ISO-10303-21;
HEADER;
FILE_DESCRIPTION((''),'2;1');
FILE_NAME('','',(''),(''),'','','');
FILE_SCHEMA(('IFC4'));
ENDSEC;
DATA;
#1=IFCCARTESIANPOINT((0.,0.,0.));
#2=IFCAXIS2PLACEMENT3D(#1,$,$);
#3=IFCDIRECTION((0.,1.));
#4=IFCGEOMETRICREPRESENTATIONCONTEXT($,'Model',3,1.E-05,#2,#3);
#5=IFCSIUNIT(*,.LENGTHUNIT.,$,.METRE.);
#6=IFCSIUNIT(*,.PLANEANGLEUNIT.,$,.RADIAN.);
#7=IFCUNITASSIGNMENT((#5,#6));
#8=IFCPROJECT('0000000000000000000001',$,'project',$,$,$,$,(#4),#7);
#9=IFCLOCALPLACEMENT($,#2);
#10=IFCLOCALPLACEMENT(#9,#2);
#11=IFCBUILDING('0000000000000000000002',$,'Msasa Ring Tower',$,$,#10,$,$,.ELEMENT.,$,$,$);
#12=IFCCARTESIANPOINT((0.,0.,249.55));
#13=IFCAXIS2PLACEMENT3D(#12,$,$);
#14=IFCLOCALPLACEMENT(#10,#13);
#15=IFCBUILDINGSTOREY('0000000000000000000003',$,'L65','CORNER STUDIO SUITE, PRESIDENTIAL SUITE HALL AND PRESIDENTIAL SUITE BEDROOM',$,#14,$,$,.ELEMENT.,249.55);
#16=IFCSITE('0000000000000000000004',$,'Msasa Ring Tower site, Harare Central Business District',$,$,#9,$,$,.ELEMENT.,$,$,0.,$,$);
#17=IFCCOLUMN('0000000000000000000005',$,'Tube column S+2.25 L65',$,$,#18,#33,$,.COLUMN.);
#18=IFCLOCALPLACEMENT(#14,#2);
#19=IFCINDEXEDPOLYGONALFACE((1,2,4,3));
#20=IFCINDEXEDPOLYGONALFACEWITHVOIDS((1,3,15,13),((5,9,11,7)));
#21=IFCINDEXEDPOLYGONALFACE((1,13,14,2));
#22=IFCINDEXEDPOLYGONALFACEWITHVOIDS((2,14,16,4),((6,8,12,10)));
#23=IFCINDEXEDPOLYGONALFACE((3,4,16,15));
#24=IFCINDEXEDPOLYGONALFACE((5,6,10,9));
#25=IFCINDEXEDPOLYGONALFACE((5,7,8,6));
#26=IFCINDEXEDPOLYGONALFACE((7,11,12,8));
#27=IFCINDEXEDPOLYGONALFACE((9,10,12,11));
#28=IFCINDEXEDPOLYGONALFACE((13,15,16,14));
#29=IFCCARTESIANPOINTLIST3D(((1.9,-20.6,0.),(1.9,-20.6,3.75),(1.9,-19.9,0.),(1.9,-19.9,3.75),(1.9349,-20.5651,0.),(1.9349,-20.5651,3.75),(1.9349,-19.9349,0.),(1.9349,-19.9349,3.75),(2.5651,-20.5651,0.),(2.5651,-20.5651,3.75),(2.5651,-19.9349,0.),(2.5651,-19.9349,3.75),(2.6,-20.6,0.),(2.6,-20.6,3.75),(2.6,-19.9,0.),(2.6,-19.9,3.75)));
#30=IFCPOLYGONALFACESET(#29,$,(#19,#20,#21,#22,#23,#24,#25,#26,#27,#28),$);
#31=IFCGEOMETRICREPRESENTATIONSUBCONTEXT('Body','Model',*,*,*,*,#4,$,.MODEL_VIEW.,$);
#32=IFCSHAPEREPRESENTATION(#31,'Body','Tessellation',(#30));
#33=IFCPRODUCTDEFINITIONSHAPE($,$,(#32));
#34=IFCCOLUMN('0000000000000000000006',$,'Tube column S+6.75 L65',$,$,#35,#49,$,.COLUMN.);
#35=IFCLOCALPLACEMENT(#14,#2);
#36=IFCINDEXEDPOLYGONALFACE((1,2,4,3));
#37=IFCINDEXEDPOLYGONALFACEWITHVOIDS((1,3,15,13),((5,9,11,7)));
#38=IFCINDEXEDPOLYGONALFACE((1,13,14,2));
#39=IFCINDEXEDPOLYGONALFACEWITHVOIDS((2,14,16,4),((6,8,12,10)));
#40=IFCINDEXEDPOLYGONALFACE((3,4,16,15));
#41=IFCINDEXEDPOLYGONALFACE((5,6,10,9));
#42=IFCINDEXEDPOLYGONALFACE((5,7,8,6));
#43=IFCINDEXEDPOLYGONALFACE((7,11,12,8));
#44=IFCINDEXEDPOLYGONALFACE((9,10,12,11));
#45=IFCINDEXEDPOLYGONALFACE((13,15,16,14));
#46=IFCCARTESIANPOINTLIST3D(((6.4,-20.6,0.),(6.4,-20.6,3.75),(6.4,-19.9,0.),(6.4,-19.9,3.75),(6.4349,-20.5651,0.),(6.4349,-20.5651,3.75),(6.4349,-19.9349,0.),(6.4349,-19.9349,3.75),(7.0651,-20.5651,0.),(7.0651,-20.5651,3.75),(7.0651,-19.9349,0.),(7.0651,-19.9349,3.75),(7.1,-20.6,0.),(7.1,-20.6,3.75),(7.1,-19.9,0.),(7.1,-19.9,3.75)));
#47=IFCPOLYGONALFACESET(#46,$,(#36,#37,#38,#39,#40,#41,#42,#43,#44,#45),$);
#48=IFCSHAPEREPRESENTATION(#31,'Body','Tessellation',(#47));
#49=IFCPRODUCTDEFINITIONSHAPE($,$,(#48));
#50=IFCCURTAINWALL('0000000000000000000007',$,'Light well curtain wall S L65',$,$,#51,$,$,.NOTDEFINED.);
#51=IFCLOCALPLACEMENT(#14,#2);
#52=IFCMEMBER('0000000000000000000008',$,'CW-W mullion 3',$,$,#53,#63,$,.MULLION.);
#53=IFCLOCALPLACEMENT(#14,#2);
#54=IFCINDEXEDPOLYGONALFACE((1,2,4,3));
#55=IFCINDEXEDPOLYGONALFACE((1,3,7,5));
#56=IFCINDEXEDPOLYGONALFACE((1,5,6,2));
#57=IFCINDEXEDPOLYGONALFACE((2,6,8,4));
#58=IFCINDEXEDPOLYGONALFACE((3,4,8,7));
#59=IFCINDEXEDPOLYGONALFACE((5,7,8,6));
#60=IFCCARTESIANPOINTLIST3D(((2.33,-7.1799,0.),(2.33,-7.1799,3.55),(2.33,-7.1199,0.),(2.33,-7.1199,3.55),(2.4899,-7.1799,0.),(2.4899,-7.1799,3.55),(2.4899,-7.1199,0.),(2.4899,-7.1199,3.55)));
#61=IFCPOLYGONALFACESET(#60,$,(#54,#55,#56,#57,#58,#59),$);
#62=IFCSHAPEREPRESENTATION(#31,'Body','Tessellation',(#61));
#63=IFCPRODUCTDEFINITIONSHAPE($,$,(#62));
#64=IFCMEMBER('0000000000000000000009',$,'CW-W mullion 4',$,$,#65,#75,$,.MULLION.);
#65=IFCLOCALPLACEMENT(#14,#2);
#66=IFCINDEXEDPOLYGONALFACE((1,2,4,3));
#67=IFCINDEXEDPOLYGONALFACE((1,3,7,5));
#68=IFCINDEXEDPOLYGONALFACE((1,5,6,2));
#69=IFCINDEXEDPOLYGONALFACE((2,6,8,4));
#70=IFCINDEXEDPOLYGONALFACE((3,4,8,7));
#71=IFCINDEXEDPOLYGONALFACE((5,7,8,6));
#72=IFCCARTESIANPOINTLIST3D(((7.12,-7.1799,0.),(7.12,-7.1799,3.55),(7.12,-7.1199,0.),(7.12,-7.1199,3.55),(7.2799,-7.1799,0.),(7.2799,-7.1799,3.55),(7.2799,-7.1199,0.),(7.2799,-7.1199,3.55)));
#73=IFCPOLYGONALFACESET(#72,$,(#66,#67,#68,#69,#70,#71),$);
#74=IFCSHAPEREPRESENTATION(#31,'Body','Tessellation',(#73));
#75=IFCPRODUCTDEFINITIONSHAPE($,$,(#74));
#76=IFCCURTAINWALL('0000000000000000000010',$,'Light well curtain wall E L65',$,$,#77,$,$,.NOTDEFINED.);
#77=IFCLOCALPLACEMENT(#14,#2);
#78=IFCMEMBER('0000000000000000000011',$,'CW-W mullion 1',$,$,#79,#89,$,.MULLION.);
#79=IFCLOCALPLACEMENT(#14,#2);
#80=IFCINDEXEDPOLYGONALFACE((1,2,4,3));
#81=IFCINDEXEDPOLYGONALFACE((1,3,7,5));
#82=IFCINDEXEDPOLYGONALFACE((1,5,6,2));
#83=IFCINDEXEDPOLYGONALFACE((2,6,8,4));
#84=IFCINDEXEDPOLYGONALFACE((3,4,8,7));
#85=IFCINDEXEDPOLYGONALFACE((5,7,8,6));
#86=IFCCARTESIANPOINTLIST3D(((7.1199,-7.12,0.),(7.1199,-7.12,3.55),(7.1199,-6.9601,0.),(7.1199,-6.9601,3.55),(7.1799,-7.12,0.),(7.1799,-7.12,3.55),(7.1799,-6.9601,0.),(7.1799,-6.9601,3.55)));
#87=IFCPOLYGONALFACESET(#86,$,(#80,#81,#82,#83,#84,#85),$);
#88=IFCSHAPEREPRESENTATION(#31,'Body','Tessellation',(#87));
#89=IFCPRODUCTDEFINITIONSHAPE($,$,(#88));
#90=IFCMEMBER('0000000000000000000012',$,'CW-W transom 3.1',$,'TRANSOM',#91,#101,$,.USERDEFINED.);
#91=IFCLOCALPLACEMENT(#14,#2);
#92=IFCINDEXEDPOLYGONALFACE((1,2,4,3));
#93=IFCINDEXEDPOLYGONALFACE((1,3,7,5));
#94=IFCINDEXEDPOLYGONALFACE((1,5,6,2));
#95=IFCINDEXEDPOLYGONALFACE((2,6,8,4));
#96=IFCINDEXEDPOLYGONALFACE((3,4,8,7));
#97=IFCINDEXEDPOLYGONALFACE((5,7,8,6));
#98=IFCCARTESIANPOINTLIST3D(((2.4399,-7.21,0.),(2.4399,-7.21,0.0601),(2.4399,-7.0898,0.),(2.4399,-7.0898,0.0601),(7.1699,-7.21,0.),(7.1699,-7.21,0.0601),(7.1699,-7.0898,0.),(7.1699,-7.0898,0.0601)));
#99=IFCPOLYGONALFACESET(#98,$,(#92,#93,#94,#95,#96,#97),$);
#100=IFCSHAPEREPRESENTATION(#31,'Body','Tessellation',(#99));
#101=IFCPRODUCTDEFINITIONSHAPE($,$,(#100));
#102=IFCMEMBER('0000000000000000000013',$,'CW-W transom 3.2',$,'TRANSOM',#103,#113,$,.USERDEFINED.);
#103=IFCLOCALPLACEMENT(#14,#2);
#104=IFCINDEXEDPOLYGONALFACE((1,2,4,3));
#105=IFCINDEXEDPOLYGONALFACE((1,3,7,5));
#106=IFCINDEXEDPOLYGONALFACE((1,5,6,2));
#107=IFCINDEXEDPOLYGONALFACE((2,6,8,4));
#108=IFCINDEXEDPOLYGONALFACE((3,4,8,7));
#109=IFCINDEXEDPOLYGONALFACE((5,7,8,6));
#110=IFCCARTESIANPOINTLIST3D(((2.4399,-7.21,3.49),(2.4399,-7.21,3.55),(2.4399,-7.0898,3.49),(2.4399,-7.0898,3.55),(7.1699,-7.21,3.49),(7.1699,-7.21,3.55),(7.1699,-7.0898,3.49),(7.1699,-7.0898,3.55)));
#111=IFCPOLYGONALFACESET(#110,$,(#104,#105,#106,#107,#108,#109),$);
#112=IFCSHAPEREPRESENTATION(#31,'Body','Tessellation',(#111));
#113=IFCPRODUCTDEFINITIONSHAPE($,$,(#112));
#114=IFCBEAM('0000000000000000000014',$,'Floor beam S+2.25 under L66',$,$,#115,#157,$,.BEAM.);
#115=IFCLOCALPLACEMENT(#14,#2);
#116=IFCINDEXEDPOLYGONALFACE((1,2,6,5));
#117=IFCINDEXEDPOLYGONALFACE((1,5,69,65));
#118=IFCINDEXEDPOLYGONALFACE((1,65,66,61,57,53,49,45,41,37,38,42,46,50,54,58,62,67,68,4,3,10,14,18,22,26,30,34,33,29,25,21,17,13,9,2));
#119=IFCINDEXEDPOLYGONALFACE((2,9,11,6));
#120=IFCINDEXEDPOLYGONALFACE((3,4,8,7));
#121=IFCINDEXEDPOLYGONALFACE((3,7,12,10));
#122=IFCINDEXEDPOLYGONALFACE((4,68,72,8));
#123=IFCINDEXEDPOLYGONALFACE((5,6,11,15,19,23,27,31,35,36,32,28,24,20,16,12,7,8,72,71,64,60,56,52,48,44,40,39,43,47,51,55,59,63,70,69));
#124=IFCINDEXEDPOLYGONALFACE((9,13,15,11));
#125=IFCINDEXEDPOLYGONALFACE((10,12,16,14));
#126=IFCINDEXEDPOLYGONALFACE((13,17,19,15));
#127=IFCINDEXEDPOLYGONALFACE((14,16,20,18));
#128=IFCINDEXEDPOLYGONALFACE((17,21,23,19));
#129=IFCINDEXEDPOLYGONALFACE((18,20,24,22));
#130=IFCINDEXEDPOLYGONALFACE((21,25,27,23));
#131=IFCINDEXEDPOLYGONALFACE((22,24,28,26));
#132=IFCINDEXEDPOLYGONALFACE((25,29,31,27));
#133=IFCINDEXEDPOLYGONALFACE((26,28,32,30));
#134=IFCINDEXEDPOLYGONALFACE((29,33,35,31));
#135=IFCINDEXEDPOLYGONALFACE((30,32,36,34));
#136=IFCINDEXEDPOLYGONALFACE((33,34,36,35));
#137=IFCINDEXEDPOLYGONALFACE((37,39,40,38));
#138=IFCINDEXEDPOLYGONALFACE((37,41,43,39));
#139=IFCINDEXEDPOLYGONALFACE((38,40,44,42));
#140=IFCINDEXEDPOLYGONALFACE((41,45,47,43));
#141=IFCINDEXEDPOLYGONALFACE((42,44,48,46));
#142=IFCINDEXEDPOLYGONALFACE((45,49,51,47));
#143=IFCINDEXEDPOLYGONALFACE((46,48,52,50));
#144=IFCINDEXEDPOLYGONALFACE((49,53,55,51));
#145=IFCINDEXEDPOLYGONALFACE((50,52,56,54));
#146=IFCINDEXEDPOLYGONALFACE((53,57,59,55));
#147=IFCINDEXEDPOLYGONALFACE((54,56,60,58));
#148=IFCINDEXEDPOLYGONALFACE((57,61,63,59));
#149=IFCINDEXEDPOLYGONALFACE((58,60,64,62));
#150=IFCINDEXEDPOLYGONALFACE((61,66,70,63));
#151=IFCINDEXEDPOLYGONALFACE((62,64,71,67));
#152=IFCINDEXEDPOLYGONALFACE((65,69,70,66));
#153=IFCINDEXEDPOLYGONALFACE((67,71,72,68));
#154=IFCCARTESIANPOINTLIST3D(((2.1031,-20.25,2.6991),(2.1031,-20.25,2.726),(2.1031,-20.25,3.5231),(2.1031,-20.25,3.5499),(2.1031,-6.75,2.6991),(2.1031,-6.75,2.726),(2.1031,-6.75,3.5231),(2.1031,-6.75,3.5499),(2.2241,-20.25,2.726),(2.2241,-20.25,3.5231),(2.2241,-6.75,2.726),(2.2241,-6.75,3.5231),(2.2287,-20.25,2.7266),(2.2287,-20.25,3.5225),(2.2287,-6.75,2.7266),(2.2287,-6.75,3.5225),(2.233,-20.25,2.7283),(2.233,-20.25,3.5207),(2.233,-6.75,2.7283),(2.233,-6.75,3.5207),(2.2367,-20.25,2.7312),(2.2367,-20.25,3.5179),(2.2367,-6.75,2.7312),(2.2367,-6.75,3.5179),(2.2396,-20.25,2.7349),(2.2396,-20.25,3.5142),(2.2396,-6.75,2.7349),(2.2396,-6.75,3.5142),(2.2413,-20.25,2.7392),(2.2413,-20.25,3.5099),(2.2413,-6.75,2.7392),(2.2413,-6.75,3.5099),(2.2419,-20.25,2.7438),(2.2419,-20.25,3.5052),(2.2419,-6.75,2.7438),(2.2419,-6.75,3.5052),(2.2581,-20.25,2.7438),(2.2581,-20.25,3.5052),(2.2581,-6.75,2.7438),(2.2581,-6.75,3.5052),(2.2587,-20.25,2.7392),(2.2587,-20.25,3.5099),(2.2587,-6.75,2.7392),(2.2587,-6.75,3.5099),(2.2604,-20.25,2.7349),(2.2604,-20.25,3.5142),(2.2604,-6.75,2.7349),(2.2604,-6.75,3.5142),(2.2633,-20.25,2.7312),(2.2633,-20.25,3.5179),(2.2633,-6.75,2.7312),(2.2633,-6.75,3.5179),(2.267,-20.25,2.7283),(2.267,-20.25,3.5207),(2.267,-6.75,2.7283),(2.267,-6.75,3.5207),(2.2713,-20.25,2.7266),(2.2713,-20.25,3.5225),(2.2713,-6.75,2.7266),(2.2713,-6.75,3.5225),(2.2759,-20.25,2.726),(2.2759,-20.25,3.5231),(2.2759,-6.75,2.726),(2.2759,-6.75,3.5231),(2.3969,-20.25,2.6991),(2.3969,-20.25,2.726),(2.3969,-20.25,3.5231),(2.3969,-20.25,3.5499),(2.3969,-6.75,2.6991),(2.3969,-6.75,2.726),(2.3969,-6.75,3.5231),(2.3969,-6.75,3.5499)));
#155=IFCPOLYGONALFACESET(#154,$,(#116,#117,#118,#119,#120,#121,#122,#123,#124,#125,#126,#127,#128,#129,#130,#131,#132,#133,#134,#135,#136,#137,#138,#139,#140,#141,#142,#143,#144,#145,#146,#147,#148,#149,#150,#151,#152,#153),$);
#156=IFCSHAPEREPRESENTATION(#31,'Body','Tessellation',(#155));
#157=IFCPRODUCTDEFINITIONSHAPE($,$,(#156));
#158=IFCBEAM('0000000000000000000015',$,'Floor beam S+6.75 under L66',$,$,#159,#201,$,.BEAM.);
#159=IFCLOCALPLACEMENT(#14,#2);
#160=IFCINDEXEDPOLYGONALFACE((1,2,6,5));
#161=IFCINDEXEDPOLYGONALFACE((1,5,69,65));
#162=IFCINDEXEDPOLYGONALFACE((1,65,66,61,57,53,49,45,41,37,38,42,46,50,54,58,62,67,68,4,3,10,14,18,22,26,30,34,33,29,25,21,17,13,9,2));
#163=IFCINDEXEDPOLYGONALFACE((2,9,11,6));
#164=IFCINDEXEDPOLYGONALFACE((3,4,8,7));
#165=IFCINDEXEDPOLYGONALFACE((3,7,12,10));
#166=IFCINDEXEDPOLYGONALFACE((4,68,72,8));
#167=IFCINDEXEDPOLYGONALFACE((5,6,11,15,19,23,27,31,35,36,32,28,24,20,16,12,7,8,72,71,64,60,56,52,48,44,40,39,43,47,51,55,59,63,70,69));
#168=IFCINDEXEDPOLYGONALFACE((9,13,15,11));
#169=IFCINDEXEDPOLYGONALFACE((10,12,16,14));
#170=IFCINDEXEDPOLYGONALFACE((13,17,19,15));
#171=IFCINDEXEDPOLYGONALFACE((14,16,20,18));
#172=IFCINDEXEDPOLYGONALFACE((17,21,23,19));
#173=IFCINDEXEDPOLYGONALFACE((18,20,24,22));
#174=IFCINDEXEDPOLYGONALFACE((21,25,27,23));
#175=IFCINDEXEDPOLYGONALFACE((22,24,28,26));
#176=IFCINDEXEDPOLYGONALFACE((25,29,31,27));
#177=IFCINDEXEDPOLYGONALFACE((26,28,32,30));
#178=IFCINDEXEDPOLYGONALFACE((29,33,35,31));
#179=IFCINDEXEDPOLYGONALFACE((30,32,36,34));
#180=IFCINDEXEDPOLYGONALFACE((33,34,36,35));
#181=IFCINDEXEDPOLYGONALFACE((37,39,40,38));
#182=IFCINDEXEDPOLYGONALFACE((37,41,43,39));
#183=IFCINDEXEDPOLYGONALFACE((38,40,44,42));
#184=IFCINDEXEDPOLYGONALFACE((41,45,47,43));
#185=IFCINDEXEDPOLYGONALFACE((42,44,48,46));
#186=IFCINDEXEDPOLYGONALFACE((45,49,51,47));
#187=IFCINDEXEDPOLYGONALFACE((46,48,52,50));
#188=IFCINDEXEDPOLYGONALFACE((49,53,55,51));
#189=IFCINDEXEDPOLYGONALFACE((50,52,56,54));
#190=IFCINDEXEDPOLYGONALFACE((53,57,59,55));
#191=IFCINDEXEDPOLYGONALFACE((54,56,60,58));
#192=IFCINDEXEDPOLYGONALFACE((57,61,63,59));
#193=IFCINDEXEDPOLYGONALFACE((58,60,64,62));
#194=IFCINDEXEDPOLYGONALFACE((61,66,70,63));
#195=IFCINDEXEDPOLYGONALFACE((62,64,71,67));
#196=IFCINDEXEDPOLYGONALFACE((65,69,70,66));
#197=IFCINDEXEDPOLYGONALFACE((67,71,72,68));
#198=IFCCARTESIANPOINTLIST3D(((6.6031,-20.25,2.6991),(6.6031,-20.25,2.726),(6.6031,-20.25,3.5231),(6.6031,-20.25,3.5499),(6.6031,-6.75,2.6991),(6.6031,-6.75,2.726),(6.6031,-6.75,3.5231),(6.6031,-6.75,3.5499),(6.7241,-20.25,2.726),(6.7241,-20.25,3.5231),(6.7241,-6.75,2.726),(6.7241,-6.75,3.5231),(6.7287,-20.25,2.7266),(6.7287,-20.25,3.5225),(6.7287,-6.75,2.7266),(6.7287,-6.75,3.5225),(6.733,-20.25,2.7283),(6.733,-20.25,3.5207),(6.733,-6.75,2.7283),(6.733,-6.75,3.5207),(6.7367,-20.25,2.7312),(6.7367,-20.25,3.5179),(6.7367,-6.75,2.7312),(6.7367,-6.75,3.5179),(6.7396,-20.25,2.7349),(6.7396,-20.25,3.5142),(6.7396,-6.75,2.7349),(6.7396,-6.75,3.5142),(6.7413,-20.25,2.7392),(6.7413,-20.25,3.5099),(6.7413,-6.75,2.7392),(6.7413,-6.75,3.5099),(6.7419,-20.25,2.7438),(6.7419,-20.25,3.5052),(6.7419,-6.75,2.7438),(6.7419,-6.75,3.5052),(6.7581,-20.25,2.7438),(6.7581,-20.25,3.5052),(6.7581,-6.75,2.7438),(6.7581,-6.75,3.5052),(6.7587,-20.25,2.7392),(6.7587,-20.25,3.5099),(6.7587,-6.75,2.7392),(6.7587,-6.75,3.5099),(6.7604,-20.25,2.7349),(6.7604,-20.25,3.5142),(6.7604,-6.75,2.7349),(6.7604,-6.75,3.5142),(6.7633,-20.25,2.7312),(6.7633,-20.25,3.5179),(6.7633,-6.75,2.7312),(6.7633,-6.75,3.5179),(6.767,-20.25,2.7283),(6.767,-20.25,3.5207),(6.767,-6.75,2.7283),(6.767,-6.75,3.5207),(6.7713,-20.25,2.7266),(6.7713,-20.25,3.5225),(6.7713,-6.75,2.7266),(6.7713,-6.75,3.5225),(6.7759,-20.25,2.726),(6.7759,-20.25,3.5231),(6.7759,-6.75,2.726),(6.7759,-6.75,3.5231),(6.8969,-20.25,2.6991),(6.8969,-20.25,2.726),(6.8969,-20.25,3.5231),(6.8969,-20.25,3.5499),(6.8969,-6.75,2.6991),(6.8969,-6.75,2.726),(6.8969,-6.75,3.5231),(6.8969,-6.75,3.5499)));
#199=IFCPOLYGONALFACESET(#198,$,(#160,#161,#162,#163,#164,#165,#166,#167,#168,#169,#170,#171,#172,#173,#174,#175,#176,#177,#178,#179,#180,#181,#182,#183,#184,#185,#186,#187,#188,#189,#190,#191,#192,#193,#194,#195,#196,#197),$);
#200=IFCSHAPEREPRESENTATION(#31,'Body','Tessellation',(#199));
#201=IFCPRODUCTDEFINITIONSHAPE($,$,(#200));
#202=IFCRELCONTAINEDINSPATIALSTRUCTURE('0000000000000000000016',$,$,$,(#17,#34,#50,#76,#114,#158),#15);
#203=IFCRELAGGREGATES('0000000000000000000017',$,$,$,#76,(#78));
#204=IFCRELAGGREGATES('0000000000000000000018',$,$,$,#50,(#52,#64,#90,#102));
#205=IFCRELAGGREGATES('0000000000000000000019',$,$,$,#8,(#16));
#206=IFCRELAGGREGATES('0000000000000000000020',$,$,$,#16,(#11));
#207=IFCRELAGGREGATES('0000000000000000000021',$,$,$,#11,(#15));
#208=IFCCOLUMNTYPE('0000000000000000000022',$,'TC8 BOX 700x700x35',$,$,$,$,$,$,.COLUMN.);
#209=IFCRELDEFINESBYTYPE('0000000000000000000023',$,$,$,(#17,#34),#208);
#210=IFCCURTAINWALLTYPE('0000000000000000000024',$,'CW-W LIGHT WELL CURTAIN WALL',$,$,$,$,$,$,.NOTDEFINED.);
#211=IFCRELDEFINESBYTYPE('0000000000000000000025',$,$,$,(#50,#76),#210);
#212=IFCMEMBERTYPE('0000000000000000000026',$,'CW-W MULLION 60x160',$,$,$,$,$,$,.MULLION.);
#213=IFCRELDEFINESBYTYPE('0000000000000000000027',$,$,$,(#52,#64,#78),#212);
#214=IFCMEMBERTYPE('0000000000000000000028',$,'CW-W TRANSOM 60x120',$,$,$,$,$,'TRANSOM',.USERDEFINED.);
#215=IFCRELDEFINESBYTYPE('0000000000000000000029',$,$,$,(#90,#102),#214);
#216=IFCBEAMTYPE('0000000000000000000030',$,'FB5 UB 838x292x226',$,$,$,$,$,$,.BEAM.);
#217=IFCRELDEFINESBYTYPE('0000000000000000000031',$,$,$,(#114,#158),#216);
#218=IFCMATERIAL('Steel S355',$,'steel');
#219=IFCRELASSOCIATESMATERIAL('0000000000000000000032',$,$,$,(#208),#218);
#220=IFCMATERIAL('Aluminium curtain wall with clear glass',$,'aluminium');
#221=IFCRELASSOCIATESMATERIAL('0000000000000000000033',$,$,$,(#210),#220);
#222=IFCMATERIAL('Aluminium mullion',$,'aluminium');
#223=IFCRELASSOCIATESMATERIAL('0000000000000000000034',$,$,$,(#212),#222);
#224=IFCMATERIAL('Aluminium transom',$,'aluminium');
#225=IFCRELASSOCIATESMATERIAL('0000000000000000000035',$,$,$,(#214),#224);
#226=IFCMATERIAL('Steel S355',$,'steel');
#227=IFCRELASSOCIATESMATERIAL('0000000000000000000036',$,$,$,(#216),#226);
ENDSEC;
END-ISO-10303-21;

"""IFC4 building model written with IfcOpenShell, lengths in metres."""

from ifc_helpers import new_model, si_unit, direction, frame, origin, origin_2d, place, context, subcontext, project, spatial, rectangle, hollow_rectangle, i_section, extrude, material, material_profile, profile_set, type_object, element, aggregate, save


model = new_model("IFC4")

# Units and contexts
model_context = context("Model", 3, precision=1e-05, world=origin(), true_north=direction((0.0, 1.0)))
body_context = subcontext(model_context, "Body", "Model", "MODEL_VIEW")
ifc_project = project(units=[si_unit("LENGTHUNIT", "METRE"), si_unit("PLANEANGLEUNIT", "RADIAN")], contexts=[model_context])

# Site, building, storey
site_placement = place(None, origin())
site = spatial("IfcSite", under=ifc_project, at=site_placement, Name="Msasa Ring Tower site, Harare Central Business District", CompositionType="ELEMENT", RefElevation=0.0)
building_placement = place(site_placement, origin())
building = spatial("IfcBuilding", under=site, at=building_placement, Name="Msasa Ring Tower", CompositionType="ELEMENT")
storey_placement = place(building_placement, frame((0.0, 0.0, 249.55)))
storey = spatial("IfcBuildingStorey", under=building, at=storey_placement, Name="L65", Description="CORNER STUDIO SUITE, PRESIDENTIAL SUITE HALL AND PRESIDENTIAL SUITE BEDROOM", CompositionType="ELEMENT", Elevation=249.55)

# Columns
ifc_material_1 = material(Name="Steel S355", Category="steel")
ifc_material_profile_1 = material_profile(ifc_material_1, hollow_rectangle(XDim=0.7, YDim=0.7, WallThickness=0.0349, at=origin_2d()), Name="BOX 700x700x35")
ifc_profile_set_1 = profile_set([ifc_material_profile_1], Name="Steel S355")
column_type = type_object("IfcColumnType", Name="TC8 BOX 700x700x35", PredefinedType="COLUMN", material=ifc_profile_set_1)
for number, where, z_axis, x_axis, name in (
    (1, (2.25, -20.25, 0.0), (0.0, 0.0, 1.0), (0.0, 1.0, 0.0), "Tube column S+2.25 L65"),
    (2, (6.75, -20.25, 0.0), (0.0, 0.0, 1.0), (0.0, 1.0, 0.0), "Tube column S+6.75 L65"),
):
    element("IfcColumn", number, at=place(storey_placement, frame(where, z_axis=z_axis, x_axis=x_axis)), inside=storey, type_object=column_type, Name=name, PredefinedType="COLUMN", context=body_context, shape_type="SweptSolid", body=[
        extrude(hollow_rectangle(XDim=0.7, YDim=0.7, WallThickness=0.0349, at=origin_2d()), origin(), (0.0, 0.0, 1.0), 3.75),
    ])

# Curtain wall, members
ifc_material_2 = material(Name="Aluminium curtain wall with clear glass", Category="aluminium")
curtain_wall_type = type_object("IfcCurtainWallType", Name="CW-W LIGHT WELL CURTAIN WALL", PredefinedType="NOTDEFINED", material=ifc_material_2)
curtain_wall_1_placement = place(storey_placement, origin())
curtain_wall_1 = element("IfcCurtainWall", 3, at=curtain_wall_1_placement, inside=storey, type_object=curtain_wall_type, Name="Light well curtain wall S L65", PredefinedType="NOTDEFINED")
ifc_material_3 = material(Name="Aluminium mullion", Category="aluminium")
ifc_material_profile_2 = material_profile(ifc_material_3, rectangle(XDim=0.0601, YDim=0.1599, at=origin_2d()), Name="AL 60x160")
ifc_profile_set_2 = profile_set([ifc_material_profile_2], Name="Aluminium mullion")
member_type_1 = type_object("IfcMemberType", Name="CW-W MULLION 60x160", PredefinedType="MULLION", material=ifc_profile_set_2)
member_1_placement = place(storey_placement, frame((2.4099, -7.1499, 0.0), z_axis=(0.0, 0.0, 1.0), x_axis=(0.0, 1.0, 0.0)))
member_1 = element("IfcMember", 4, at=member_1_placement, type_object=member_type_1, Name="CW-W mullion 3", PredefinedType="MULLION", context=body_context, shape_type="SweptSolid", body=[
    extrude(rectangle(XDim=0.0601, YDim=0.1599, at=origin_2d()), origin(), (0.0, 0.0, 1.0), 3.55),
])
member_2_placement = place(storey_placement, frame((7.2, -7.1499, 0.0), z_axis=(0.0, 0.0, 1.0), x_axis=(0.0, 1.0, 0.0)))
member_2 = element("IfcMember", 5, at=member_2_placement, type_object=member_type_1, Name="CW-W mullion 4", PredefinedType="MULLION", context=body_context, shape_type="SweptSolid", body=[
    extrude(rectangle(XDim=0.0601, YDim=0.1599, at=origin_2d()), origin(), (0.0, 0.0, 1.0), 3.55),
])

# Curtain wall, member
curtain_wall_2_placement = place(storey_placement, origin())
curtain_wall_2 = element("IfcCurtainWall", 6, at=curtain_wall_2_placement, inside=storey, type_object=curtain_wall_type, Name="Light well curtain wall E L65", PredefinedType="NOTDEFINED")
member_3_placement = place(storey_placement, frame((7.1499, -7.04, 0.0), z_axis=(0.0, 0.0, 1.0), x_axis=(-1.0, 0.0, 0.0)))
member_3 = element("IfcMember", 7, at=member_3_placement, type_object=member_type_1, Name="CW-W mullion 1", PredefinedType="MULLION", context=body_context, shape_type="SweptSolid", body=[
    extrude(rectangle(XDim=0.0601, YDim=0.1599, at=origin_2d()), origin(), (0.0, 0.0, 1.0), 3.55),
])
aggregate(curtain_wall_2, [member_3])

# Members
ifc_material_4 = material(Name="Aluminium transom", Category="aluminium")
ifc_material_profile_3 = material_profile(ifc_material_4, rectangle(XDim=0.1201, YDim=0.0601, at=origin_2d()), Name="AL 60x120")
ifc_profile_set_3 = profile_set([ifc_material_profile_3], Name="Aluminium transom")
member_type_2 = type_object("IfcMemberType", Name="CW-W TRANSOM 60x120", ElementType="TRANSOM", PredefinedType="USERDEFINED", material=ifc_profile_set_3)
member_4_placement = place(storey_placement, frame((2.4399, -7.1499, 0.03), z_axis=(1.0, 0.0, 0.0), x_axis=(0.0, 1.0, 0.0)))
member_4 = element("IfcMember", 8, at=member_4_placement, type_object=member_type_2, Name="CW-W transom 3.1", ObjectType="TRANSOM", PredefinedType="USERDEFINED", context=body_context, shape_type="SweptSolid", body=[
    extrude(rectangle(XDim=0.1201, YDim=0.0601, at=origin_2d()), origin(), (0.0, 0.0, 1.0), 4.73),
])
member_5_placement = place(storey_placement, frame((2.4399, -7.1499, 3.52), z_axis=(1.0, 0.0, 0.0), x_axis=(0.0, 1.0, 0.0)))
member_5 = element("IfcMember", 9, at=member_5_placement, type_object=member_type_2, Name="CW-W transom 3.2", ObjectType="TRANSOM", PredefinedType="USERDEFINED", context=body_context, shape_type="SweptSolid", body=[
    extrude(rectangle(XDim=0.1201, YDim=0.0601, at=origin_2d()), origin(), (0.0, 0.0, 1.0), 4.73),
])

# Beams
ifc_material_5 = material(Name="Steel S355", Category="steel")
ifc_material_profile_4 = material_profile(ifc_material_5, i_section(OverallWidth=0.2937, OverallDepth=0.8508, WebThickness=0.0161, FlangeThickness=0.0269, FilletRadius=0.0178, at=origin_2d()), Name="UB 838x292x226")
ifc_profile_set_4 = profile_set([ifc_material_profile_4], Name="Steel S355")
beam_type_1 = type_object("IfcBeamType", Name="FB5 UB 838x292x226", PredefinedType="BEAM", material=ifc_profile_set_4)
for number, where, z_axis, x_axis, name in (
    (10, (2.25, -20.25, 3.1245), (0.0, 1.0, 0.0), (-1.0, 0.0, 0.0), "Floor beam S+2.25 under L66"),
    (11, (6.75, -20.25, 3.1245), (0.0, 1.0, 0.0), (-1.0, 0.0, 0.0), "Floor beam S+6.75 under L66"),
):
    element("IfcBeam", number, at=place(storey_placement, frame(where, z_axis=z_axis, x_axis=x_axis)), inside=storey, type_object=beam_type_1, Name=name, PredefinedType="BEAM", context=body_context, shape_type="SweptSolid", body=[
        extrude(i_section(OverallWidth=0.2937, OverallDepth=0.8508, WebThickness=0.0161, FlangeThickness=0.0269, FilletRadius=0.0178, at=origin_2d()), origin(), (0.0, 0.0, 1.0), 13.5),
    ])

aggregate(curtain_wall_1, [member_1, member_2, member_4, member_5])

save(model, "model.ifc")
